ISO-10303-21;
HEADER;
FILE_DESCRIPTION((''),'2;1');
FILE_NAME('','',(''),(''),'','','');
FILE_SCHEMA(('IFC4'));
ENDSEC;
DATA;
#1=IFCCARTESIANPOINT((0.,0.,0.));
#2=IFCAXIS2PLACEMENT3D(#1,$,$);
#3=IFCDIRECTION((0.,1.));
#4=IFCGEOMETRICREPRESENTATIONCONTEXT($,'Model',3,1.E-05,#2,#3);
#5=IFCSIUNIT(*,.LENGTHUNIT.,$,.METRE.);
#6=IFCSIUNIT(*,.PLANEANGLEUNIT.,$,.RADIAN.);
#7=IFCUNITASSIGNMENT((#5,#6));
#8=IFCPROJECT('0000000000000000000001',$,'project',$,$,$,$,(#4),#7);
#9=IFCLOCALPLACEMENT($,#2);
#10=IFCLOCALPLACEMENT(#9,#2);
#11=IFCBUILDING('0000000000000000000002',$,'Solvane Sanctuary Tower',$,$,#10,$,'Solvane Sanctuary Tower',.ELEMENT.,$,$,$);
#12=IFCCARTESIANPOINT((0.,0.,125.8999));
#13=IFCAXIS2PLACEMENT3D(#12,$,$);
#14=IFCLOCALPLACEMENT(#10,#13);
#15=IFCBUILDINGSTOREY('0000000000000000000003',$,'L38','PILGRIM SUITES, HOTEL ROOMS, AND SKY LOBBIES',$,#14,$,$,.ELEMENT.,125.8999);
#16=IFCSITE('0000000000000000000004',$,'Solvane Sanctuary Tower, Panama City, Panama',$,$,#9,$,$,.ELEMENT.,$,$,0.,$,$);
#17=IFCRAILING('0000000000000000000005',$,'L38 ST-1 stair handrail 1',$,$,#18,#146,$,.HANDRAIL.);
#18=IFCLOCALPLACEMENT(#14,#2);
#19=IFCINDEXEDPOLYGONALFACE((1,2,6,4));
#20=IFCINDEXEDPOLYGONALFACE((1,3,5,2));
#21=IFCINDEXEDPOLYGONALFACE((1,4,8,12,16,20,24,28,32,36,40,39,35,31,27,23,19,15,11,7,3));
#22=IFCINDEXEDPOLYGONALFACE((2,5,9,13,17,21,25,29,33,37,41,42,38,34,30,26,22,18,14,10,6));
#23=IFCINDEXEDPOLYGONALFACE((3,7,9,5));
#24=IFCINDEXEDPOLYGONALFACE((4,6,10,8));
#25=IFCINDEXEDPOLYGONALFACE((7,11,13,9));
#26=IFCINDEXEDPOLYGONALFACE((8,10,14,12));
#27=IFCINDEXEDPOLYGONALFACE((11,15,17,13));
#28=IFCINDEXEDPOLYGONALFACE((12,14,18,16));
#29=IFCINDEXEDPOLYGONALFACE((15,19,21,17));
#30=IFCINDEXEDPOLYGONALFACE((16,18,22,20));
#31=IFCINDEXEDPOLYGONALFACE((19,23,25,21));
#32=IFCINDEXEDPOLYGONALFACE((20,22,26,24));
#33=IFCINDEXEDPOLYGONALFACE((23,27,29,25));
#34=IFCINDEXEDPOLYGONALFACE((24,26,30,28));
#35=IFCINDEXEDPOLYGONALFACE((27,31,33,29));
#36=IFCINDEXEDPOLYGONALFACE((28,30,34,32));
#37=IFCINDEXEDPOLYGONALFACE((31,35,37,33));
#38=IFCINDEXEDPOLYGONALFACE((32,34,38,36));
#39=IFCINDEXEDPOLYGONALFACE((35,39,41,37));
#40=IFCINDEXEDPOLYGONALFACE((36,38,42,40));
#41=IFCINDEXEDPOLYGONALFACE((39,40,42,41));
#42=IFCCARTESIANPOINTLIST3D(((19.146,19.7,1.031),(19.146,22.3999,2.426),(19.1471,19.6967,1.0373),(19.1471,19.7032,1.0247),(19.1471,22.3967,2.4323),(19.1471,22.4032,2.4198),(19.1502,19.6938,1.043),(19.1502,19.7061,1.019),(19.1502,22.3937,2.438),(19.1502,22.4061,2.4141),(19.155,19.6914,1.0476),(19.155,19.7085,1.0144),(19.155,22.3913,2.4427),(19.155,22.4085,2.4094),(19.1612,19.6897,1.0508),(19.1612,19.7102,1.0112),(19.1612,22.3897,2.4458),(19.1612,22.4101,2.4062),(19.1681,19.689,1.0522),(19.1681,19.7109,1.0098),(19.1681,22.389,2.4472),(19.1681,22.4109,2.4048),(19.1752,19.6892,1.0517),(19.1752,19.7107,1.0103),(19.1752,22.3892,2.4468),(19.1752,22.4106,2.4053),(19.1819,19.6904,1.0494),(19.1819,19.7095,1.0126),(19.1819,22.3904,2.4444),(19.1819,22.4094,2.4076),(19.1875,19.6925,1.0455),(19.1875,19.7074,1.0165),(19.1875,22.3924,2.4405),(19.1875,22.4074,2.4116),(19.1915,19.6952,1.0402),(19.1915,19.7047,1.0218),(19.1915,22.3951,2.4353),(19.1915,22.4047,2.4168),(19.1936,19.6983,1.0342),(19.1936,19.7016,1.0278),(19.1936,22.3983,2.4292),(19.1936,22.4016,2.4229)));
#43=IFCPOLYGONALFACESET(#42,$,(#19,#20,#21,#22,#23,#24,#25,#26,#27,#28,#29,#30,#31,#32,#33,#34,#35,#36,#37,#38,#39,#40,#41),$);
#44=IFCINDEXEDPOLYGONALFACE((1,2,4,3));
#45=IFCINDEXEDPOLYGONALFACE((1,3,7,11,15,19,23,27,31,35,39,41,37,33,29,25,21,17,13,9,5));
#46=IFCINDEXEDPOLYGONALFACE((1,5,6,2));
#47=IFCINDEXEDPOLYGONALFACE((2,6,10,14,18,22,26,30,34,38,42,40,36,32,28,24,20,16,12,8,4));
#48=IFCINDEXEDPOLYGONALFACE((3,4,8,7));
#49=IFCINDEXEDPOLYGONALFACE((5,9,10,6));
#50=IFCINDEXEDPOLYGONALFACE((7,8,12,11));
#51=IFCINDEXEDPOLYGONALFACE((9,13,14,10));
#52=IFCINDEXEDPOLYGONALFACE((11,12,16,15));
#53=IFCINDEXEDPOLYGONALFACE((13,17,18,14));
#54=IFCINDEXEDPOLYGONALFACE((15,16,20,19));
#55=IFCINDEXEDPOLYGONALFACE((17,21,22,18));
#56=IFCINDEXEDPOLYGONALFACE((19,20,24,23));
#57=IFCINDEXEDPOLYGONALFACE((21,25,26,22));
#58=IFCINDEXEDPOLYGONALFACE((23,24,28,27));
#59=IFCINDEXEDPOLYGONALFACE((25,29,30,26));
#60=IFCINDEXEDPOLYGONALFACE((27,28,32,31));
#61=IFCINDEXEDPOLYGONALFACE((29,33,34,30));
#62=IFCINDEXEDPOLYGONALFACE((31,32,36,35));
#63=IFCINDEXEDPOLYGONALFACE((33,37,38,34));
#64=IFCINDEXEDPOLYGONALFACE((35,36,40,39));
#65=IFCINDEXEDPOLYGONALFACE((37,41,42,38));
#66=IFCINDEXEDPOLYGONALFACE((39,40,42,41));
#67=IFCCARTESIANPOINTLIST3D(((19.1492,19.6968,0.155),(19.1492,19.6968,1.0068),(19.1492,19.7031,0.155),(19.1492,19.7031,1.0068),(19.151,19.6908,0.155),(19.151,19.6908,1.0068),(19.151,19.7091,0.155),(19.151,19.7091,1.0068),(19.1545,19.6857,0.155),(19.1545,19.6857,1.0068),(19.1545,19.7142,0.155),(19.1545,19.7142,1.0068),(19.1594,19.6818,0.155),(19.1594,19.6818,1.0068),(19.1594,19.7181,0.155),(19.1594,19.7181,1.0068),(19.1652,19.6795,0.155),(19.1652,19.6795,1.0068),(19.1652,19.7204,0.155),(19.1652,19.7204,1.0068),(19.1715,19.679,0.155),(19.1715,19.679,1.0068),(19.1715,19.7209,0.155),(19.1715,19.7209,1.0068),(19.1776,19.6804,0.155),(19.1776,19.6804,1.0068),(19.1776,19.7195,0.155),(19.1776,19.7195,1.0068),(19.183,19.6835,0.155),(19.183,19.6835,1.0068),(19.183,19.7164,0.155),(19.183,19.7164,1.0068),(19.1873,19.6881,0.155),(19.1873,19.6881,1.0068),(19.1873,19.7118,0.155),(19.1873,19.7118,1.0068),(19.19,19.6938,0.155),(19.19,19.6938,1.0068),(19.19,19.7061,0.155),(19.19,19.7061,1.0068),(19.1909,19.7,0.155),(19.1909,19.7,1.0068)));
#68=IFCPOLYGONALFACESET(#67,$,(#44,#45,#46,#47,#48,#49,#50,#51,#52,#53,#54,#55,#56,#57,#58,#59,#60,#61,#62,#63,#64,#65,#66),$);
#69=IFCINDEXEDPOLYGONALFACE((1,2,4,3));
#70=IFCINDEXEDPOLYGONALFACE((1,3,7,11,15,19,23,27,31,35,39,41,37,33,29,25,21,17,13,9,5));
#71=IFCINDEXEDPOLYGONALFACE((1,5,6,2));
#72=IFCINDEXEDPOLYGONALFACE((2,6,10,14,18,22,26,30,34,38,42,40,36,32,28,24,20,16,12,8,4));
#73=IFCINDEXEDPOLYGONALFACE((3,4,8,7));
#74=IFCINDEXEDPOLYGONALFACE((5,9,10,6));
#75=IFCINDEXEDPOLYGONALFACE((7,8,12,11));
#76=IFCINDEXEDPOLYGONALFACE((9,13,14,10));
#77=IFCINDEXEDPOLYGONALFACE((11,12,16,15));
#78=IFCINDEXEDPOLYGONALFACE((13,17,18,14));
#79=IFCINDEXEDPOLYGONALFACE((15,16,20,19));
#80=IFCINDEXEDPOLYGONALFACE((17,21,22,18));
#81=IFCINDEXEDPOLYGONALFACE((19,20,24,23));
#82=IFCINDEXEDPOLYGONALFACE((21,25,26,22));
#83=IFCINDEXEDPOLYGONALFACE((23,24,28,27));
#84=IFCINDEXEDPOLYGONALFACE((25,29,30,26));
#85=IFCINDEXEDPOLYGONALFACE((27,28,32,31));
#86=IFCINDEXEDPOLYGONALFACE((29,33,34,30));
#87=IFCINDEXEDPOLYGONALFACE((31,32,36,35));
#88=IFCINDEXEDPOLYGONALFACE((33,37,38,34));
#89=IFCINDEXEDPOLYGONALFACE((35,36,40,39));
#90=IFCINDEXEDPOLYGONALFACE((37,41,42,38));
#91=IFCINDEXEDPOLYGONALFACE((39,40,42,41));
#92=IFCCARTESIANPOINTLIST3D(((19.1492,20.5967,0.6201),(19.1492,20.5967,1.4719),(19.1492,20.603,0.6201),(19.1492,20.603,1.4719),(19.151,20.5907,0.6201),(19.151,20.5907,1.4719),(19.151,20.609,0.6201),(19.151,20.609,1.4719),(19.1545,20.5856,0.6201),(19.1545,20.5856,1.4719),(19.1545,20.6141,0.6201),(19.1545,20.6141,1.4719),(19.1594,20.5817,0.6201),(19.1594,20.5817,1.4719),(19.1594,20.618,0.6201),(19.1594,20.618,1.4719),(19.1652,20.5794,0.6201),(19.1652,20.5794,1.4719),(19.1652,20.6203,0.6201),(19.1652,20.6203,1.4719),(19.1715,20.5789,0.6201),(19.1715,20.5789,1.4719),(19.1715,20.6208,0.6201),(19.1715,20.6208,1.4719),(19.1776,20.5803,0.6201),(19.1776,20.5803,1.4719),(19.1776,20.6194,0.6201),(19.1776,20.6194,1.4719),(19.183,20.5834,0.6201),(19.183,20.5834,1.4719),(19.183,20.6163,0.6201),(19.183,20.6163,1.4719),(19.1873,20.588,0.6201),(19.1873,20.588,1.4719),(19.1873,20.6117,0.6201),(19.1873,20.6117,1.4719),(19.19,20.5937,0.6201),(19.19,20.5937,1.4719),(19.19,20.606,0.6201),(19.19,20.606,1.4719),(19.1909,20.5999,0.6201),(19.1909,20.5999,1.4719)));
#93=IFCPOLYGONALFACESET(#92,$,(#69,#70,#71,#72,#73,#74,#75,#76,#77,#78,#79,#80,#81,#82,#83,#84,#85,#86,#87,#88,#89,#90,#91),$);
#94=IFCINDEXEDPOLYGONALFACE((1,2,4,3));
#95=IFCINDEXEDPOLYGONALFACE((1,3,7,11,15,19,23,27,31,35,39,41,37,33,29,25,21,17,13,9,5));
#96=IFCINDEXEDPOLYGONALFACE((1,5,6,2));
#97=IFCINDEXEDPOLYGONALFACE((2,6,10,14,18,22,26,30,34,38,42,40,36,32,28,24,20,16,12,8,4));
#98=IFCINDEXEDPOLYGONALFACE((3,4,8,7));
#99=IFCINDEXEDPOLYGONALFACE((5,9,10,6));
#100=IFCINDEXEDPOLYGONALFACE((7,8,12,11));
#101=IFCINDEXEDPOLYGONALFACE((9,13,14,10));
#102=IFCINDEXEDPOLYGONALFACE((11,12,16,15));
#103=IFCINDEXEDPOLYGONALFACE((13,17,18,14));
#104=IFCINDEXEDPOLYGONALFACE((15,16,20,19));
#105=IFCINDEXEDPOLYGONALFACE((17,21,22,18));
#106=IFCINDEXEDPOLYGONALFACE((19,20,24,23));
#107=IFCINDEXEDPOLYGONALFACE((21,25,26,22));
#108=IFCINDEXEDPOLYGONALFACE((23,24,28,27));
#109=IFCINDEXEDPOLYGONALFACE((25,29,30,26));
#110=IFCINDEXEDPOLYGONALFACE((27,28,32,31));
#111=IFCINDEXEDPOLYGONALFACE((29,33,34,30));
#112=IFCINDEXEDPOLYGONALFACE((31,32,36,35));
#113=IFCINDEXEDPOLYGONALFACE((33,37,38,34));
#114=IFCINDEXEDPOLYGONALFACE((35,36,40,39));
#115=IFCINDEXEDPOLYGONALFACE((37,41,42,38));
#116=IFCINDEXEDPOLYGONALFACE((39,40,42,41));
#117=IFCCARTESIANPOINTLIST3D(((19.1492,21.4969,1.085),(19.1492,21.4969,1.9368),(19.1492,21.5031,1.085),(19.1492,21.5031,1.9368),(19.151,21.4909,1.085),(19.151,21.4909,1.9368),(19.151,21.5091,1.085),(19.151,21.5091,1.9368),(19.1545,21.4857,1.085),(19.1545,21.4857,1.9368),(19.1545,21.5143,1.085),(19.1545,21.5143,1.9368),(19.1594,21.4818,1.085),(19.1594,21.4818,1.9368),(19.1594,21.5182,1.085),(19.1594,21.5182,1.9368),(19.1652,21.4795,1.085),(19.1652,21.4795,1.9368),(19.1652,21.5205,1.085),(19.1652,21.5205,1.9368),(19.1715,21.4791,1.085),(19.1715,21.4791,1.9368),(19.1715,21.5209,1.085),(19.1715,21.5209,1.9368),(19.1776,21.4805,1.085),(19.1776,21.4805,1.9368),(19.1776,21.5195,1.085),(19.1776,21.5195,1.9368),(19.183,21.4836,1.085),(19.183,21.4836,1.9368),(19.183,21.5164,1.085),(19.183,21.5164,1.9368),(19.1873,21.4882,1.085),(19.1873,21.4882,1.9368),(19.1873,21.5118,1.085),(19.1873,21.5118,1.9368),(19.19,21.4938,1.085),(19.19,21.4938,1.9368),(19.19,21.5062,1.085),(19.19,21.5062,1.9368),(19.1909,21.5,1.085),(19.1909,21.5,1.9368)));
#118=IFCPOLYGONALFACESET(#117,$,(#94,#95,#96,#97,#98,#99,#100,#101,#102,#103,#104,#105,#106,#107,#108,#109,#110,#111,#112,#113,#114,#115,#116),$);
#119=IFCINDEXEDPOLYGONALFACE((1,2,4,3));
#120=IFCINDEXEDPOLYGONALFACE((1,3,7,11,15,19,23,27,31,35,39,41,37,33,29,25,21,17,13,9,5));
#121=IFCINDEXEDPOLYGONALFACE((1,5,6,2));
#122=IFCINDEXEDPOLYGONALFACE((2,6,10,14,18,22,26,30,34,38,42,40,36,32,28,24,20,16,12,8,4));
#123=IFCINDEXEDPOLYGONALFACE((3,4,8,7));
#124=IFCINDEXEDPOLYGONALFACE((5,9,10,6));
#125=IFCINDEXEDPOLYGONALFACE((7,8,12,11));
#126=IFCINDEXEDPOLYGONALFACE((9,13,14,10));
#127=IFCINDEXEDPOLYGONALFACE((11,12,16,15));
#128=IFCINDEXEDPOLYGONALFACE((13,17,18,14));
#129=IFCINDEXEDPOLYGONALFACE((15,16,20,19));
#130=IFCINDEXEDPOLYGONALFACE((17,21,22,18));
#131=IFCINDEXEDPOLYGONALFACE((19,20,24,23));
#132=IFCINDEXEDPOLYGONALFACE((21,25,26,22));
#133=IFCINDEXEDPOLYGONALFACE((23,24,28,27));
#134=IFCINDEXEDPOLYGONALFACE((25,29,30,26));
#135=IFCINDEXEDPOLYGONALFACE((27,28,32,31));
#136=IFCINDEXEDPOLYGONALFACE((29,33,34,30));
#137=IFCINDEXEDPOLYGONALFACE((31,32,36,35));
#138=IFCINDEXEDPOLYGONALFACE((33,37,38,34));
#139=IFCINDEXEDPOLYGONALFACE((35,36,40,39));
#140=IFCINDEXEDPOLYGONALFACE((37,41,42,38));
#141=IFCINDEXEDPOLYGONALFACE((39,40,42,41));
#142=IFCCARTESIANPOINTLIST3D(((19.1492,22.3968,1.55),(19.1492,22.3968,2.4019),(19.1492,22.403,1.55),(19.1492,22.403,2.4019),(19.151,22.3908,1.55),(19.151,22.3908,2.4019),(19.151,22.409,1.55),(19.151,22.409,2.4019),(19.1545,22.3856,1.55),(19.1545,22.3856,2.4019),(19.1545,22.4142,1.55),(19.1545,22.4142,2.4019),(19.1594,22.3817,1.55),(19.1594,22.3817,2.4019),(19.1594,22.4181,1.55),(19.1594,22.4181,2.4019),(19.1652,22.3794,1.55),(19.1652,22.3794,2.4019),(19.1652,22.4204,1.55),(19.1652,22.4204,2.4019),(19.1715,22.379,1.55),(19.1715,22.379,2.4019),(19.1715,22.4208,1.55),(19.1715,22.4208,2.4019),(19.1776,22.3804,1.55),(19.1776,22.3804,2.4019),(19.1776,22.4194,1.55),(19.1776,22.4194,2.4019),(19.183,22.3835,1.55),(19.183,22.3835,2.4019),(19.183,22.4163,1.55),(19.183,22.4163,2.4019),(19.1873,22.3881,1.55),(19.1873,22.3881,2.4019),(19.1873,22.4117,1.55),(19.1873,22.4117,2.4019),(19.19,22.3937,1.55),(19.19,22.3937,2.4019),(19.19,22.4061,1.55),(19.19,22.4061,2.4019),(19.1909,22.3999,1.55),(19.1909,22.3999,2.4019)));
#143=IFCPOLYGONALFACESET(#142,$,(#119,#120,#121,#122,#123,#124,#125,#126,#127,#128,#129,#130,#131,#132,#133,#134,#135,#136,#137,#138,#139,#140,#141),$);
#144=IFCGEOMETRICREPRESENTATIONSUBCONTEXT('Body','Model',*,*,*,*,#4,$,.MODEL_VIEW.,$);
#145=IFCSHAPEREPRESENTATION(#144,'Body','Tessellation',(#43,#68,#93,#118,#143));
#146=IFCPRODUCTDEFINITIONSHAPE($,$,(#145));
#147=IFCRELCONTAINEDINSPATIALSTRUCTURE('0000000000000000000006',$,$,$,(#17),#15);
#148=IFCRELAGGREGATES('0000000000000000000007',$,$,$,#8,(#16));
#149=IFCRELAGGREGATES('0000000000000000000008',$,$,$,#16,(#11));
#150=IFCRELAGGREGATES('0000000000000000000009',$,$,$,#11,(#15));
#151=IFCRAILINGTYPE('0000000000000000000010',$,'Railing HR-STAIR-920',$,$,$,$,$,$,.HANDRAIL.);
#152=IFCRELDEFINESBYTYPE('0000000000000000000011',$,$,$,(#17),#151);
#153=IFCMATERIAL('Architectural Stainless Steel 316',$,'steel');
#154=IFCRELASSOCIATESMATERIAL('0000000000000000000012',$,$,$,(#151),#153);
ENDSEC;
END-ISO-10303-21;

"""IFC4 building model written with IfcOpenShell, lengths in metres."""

from ifc_helpers import new_model, si_unit, direction, frame, origin, origin_2d, place, context, subcontext, project, spatial, circle, extrude, material, type_object, element, save


model = new_model("IFC4")

# Units and contexts
model_context = context("Model", 3, precision=1e-05, world=origin(), true_north=direction((0.0, 1.0)))
body_context = subcontext(model_context, "Body", "Model", "MODEL_VIEW")
ifc_project = project(units=[si_unit("LENGTHUNIT", "METRE"), si_unit("PLANEANGLEUNIT", "RADIAN")], contexts=[model_context])

# Site, building, storey
site_placement = place(None, origin())
site = spatial("IfcSite", under=ifc_project, at=site_placement, Name="Solvane Sanctuary Tower, Panama City, Panama", CompositionType="ELEMENT", RefElevation=0.0)
building_placement = place(site_placement, origin())
building = spatial("IfcBuilding", under=site, at=building_placement, Name="Solvane Sanctuary Tower", LongName="Solvane Sanctuary Tower", CompositionType="ELEMENT")
storey_placement = place(building_placement, frame((0.0, 0.0, 125.8999)))
storey = spatial("IfcBuildingStorey", under=building, at=storey_placement, Name="L38", Description="PILGRIM SUITES, HOTEL ROOMS, AND SKY LOBBIES", CompositionType="ELEMENT", Elevation=125.8999)

# Shared definitions
ifc_material_1 = material(Name="Architectural Stainless Steel 316", Category="steel")

# Railing
railing_type_1 = type_object("IfcRailingType", Name="Railing HR-STAIR-920", PredefinedType="HANDRAIL", material=ifc_material_1)
railing_1_placement = place(storey_placement, frame((19.1699, 19.7, 0.155)))
element("IfcRailing", 1, at=railing_1_placement, inside=storey, type_object=railing_type_1, Name="L38 ST-1 stair handrail 1", PredefinedType="HANDRAIL", context=body_context, shape_type="SweptSolid", body=[
    extrude(circle(Radius=0.0239, at=origin_2d()), frame((0.0, 0.0, 0.876), z_axis=(0.0, 0.88842, 0.459032), x_axis=(-1.0, 0.0, 0.0)), (0.0, 0.0, 1.0), 3.0391),
    extrude(circle(Radius=0.021, at=origin_2d()), origin(), (0.0, 0.0, 1.0), 0.8518),
    extrude(circle(Radius=0.021, at=origin_2d()), frame((0.0, 0.8999, 0.4651)), (0.0, 0.0, 1.0), 0.8518),
    extrude(circle(Radius=0.021, at=origin_2d()), frame((0.0, 1.8, 0.9299)), (0.0, 0.0, 1.0), 0.8518),
    extrude(circle(Radius=0.021, at=origin_2d()), frame((0.0, 2.7, 1.395)), (0.0, 0.0, 1.0), 0.8518),
])

save(model, "model.ifc")
